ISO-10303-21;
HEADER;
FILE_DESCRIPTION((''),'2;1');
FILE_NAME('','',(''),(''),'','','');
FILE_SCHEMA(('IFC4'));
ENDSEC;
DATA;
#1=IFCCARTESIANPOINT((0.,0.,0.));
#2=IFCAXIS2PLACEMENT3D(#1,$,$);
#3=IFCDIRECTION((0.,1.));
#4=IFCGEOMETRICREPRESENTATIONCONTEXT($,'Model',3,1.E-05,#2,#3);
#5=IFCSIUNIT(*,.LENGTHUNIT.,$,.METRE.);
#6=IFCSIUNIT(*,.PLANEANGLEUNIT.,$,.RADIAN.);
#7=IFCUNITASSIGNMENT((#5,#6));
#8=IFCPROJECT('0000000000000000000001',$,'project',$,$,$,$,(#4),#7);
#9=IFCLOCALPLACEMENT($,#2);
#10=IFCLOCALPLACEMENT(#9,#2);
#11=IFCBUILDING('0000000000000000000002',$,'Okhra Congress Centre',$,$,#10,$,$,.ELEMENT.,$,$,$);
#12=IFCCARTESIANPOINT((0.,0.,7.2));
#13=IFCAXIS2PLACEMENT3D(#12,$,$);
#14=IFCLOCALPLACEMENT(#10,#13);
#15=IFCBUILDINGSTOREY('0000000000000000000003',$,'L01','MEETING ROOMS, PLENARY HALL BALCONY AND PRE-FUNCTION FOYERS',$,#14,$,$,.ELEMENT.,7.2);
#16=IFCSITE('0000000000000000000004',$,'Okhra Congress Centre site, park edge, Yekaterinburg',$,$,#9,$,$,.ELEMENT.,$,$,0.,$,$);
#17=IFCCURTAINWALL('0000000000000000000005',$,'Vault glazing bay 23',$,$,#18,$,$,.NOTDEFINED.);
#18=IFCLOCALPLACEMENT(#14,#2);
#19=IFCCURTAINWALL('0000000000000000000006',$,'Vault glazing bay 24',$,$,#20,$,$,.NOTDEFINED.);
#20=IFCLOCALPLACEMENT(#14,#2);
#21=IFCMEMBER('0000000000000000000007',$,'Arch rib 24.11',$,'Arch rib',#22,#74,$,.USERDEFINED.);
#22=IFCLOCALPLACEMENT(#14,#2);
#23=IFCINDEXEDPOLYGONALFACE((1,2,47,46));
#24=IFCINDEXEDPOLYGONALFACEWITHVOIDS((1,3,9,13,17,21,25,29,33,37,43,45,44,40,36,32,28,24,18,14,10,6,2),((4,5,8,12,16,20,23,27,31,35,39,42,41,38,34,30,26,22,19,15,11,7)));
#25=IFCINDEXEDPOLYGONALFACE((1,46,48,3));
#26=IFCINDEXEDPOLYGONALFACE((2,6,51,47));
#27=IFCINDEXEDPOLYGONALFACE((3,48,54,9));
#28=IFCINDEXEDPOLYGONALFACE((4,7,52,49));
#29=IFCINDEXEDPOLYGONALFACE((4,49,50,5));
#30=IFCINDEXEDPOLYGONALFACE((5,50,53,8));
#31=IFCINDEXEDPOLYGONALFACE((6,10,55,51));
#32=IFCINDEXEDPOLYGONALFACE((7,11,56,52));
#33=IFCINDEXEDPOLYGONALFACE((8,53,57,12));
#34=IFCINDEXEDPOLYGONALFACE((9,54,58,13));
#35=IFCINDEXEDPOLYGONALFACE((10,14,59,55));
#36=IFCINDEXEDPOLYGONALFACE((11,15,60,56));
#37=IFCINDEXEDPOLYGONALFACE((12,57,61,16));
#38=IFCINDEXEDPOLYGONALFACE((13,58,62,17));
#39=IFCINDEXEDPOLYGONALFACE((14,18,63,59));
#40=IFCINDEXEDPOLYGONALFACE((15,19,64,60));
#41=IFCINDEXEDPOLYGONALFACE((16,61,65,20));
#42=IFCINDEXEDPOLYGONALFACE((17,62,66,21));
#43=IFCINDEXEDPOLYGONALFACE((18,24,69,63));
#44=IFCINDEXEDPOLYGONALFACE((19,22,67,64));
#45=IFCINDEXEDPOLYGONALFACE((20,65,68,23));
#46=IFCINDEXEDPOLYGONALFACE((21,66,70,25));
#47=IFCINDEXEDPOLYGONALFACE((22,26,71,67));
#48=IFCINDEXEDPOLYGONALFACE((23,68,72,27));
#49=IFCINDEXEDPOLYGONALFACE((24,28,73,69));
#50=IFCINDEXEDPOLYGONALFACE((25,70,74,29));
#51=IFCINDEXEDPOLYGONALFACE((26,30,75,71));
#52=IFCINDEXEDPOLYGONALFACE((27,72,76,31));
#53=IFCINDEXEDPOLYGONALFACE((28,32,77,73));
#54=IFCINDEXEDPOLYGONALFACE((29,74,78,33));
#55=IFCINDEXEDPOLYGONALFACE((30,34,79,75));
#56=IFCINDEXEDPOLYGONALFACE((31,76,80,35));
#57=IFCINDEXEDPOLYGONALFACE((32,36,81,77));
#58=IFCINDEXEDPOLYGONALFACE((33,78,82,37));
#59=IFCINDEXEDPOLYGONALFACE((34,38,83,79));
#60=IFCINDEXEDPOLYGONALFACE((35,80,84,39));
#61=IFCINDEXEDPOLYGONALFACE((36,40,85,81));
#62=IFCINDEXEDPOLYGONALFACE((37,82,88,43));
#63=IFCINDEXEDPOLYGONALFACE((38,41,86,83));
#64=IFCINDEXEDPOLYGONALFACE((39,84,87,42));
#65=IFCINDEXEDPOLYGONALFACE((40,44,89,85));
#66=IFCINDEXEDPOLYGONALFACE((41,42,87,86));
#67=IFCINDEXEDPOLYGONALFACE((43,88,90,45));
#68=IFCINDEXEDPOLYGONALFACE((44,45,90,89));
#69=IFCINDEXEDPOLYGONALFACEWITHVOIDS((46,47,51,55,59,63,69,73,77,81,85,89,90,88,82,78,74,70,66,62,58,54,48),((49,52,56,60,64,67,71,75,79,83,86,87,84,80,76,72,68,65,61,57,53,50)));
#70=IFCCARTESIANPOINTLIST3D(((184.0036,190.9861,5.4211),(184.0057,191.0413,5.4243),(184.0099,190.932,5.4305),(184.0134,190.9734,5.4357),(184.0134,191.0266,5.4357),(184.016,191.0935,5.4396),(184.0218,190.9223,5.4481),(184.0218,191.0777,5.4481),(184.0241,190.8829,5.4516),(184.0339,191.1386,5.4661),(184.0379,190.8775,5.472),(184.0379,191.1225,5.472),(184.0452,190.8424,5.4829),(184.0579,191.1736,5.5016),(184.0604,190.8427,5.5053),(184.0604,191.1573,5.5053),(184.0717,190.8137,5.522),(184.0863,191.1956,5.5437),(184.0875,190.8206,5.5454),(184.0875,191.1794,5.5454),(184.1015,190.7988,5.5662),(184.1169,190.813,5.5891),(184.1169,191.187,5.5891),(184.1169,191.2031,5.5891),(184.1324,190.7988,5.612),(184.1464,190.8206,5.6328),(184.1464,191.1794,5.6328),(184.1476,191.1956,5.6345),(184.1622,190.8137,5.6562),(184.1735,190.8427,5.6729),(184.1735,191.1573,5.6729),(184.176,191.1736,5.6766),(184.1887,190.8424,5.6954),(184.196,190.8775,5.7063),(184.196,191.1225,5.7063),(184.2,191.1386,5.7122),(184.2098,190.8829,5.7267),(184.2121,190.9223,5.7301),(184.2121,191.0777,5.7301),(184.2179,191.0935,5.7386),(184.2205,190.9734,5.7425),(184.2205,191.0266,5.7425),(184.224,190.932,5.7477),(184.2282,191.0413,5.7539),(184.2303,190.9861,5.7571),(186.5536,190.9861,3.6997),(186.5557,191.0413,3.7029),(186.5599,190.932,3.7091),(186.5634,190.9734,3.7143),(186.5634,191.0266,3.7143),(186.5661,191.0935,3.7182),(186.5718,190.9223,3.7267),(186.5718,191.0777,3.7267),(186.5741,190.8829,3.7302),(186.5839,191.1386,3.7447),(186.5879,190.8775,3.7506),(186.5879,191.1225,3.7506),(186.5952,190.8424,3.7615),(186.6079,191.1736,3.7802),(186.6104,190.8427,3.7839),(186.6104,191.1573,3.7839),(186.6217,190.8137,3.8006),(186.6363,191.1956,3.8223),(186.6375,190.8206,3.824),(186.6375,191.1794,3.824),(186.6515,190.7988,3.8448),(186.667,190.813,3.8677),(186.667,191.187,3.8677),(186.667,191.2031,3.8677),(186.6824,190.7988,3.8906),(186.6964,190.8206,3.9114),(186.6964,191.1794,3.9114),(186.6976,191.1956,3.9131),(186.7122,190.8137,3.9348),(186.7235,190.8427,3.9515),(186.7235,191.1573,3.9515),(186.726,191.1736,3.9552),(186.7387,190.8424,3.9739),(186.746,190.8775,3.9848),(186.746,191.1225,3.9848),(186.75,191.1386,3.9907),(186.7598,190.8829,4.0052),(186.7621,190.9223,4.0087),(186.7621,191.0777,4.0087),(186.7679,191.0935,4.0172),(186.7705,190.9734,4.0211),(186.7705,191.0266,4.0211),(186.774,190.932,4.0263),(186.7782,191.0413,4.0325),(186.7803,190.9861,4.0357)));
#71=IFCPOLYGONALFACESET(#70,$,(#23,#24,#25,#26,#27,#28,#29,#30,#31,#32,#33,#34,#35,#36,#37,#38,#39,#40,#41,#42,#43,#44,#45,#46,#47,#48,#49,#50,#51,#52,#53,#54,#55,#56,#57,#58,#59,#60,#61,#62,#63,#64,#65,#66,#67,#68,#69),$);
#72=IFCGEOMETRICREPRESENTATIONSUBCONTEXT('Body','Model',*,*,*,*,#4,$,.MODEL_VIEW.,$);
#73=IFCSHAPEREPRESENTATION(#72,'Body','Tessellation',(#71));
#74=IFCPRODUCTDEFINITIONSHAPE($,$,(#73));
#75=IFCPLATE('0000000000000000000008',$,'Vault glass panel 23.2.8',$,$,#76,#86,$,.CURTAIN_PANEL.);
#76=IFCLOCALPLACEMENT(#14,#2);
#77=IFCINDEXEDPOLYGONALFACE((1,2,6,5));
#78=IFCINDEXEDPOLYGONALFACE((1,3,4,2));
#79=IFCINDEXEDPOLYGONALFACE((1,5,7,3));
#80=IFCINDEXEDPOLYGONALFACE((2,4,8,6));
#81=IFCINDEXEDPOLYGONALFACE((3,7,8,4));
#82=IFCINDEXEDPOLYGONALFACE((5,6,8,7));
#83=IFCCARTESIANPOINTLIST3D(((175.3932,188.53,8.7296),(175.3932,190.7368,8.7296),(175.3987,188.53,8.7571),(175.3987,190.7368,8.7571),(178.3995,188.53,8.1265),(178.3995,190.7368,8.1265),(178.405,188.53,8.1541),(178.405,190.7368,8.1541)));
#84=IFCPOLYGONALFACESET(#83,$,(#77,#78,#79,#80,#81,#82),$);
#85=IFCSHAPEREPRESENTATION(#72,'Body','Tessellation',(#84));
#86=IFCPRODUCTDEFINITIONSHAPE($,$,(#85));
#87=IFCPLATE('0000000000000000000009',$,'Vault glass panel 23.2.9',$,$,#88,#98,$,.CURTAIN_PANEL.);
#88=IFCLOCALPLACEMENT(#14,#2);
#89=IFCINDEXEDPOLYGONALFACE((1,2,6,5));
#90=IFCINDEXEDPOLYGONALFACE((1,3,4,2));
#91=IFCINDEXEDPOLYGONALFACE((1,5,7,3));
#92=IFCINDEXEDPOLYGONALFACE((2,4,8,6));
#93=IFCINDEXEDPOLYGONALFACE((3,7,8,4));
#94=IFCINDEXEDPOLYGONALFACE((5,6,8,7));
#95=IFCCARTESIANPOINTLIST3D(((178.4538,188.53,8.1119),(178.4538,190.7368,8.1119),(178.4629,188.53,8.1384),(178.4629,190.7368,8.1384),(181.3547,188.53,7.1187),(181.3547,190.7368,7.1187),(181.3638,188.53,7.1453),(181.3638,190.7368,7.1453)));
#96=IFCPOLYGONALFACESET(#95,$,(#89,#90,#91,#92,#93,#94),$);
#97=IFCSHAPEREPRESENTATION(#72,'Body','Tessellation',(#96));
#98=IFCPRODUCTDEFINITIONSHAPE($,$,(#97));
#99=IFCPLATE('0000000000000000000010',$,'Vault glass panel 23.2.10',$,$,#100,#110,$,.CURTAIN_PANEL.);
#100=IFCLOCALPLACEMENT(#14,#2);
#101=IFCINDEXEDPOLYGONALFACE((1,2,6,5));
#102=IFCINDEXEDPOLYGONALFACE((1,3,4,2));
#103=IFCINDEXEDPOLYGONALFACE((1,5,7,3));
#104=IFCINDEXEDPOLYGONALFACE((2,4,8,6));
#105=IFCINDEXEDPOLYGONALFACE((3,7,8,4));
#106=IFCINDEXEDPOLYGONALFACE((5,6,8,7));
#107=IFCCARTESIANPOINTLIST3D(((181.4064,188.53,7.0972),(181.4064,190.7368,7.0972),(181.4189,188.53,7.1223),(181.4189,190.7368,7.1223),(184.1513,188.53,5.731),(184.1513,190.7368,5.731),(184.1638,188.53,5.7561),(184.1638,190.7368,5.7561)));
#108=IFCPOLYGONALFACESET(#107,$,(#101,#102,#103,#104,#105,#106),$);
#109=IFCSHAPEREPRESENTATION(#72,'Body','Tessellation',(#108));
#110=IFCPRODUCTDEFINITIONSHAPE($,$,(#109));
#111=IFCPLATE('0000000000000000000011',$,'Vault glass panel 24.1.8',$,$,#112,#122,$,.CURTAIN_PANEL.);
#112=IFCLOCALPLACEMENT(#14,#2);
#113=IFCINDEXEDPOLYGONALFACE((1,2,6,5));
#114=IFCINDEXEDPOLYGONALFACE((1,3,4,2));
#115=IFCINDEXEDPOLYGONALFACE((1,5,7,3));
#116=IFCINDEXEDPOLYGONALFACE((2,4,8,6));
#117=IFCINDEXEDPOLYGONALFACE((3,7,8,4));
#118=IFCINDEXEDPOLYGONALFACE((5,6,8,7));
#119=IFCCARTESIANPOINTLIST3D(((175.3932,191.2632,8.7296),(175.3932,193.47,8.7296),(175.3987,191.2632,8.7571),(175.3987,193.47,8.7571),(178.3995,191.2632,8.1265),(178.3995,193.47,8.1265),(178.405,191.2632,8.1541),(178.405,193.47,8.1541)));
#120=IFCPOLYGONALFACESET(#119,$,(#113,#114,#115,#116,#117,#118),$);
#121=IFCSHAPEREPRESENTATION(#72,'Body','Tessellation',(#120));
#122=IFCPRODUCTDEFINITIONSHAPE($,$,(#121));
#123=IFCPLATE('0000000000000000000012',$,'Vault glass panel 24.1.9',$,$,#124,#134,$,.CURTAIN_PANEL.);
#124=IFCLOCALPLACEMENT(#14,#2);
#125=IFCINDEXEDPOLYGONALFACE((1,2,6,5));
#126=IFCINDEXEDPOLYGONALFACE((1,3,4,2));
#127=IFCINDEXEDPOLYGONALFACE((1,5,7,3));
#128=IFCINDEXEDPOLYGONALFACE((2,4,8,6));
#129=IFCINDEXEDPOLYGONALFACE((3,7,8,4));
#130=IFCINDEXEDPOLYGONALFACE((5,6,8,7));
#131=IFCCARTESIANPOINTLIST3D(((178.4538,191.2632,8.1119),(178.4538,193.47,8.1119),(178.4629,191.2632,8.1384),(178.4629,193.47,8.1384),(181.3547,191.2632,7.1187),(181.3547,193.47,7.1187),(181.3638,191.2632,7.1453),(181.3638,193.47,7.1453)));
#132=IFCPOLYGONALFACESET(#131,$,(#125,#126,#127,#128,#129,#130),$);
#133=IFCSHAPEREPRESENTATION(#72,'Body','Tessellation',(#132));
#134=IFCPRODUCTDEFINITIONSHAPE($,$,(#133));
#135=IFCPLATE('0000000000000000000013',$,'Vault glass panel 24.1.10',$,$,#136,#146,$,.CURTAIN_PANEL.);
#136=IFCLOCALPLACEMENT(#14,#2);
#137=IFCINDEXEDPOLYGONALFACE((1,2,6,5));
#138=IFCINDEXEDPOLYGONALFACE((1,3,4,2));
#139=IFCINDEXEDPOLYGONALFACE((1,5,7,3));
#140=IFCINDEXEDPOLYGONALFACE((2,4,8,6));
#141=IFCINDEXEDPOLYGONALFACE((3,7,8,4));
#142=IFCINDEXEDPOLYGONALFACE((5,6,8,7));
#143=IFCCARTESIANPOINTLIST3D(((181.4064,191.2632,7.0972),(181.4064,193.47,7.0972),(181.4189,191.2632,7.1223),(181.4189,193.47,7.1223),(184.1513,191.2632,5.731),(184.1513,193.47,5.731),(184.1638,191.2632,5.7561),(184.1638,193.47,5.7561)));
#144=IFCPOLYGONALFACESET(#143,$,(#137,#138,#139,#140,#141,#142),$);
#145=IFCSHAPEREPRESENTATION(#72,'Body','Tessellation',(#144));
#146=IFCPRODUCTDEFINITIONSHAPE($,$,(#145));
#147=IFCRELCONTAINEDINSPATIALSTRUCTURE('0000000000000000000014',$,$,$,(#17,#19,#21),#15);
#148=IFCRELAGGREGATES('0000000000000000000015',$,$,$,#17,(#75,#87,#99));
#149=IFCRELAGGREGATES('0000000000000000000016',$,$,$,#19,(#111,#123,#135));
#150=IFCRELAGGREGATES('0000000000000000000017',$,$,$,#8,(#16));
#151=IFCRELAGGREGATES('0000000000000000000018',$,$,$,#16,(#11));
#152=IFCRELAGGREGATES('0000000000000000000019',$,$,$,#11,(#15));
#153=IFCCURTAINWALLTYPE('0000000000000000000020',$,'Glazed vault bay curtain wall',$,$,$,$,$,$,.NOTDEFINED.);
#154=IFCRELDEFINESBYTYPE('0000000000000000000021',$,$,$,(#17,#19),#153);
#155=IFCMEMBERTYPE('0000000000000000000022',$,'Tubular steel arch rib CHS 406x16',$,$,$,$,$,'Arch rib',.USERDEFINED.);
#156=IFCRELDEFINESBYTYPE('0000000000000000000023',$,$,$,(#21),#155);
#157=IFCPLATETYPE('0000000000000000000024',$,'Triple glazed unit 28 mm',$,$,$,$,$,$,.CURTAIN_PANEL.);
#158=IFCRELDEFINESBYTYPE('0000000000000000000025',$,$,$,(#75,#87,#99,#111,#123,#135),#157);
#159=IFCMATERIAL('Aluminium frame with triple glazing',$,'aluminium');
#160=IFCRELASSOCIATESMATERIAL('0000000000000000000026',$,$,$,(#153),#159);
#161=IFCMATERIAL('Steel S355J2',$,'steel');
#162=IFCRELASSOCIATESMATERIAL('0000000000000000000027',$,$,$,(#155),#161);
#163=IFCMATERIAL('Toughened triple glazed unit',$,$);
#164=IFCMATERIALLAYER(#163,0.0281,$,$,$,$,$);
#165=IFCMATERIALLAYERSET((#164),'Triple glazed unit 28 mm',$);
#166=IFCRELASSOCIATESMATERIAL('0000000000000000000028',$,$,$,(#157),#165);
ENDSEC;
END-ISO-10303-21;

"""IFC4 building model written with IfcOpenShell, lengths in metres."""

from ifc_helpers import new_model, si_unit, direction, frame, origin, origin_2d, place, context, subcontext, project, spatial, polyline, hollow_circle, outline, extrude, material, layer, layer_set, material_profile, profile_set, type_object, element, aggregate, save


model = new_model("IFC4")

# Units and contexts
model_context = context("Model", 3, precision=1e-05, world=origin(), true_north=direction((0.0, 1.0)))
body_context = subcontext(model_context, "Body", "Model", "MODEL_VIEW")
ifc_project = project(units=[si_unit("LENGTHUNIT", "METRE"), si_unit("PLANEANGLEUNIT", "RADIAN")], contexts=[model_context])

# Site, building, storey
site_placement = place(None, origin())
site = spatial("IfcSite", under=ifc_project, at=site_placement, Name="Okhra Congress Centre site, park edge, Yekaterinburg", CompositionType="ELEMENT", RefElevation=0.0)
building_placement = place(site_placement, origin())
building = spatial("IfcBuilding", under=site, at=building_placement, Name="Okhra Congress Centre", CompositionType="ELEMENT")
storey_placement = place(building_placement, frame((0.0, 0.0, 7.2)))
storey = spatial("IfcBuildingStorey", under=building, at=storey_placement, Name="L01", Description="MEETING ROOMS, PLENARY HALL BALCONY AND PRE-FUNCTION FOYERS", CompositionType="ELEMENT", Elevation=7.2)

# Curtain walls
ifc_material_1 = material(Name="Aluminium frame with triple glazing", Category="aluminium")
curtain_wall_type = type_object("IfcCurtainWallType", Name="Glazed vault bay curtain wall", PredefinedType="NOTDEFINED", material=ifc_material_1)
curtain_wall_1_placement = place(storey_placement, origin())
curtain_wall_1 = element("IfcCurtainWall", 1, at=curtain_wall_1_placement, inside=storey, type_object=curtain_wall_type, Name="Vault glazing bay 23", PredefinedType="NOTDEFINED")
curtain_wall_2_placement = place(storey_placement, origin())
curtain_wall_2 = element("IfcCurtainWall", 2, at=curtain_wall_2_placement, inside=storey, type_object=curtain_wall_type, Name="Vault glazing bay 24", PredefinedType="NOTDEFINED")

# Member
ifc_material_2 = material(Name="Steel S355J2", Category="steel")
ifc_material_profile_1 = material_profile(ifc_material_2, hollow_circle(Radius=0.2031, WallThickness=0.0161, at=origin_2d()), Name="CHS 406.4x16")
ifc_profile_set_1 = profile_set([ifc_material_profile_1], Name="Steel S355J2")
member_type_1 = type_object("IfcMemberType", Name="Tubular steel arch rib CHS 406x16", ElementType="Arch rib", PredefinedType="USERDEFINED", material=ifc_profile_set_1)
member_1_placement = place(storey_placement, frame((184.1169, 191.0, 5.5891), z_axis=(0.828826, 0.0, -0.559507), x_axis=(0.0, 1.0, 0.0)))
element("IfcMember", 3, at=member_1_placement, inside=storey, type_object=member_type_1, Name="Arch rib 24.11", ObjectType="Arch rib", PredefinedType="USERDEFINED", context=body_context, shape_type="SweptSolid", body=[
    extrude(hollow_circle(Radius=0.2031, WallThickness=0.0161, at=origin_2d()), origin(), (0.0, 0.0, 1.0), 3.0767),
])

# Plates
ifc_material_3 = material(Name="Toughened triple glazed unit")
ifc_layer = layer(ifc_material_3, 0.0281)
ifc_layer_set = layer_set([ifc_layer], Name="Triple glazed unit 28 mm")
plate_type = type_object("IfcPlateType", Name="Triple glazed unit 28 mm", PredefinedType="CURTAIN_PANEL", material=ifc_layer_set)
plate_1_placement = place(storey_placement, frame((175.3987, 188.53, 8.7571), z_axis=(0.196667, 0.0, 0.98047), x_axis=(0.98047, 0.0, -0.196667)))
plate_1 = element("IfcPlate", 4, at=plate_1_placement, type_object=plate_type, Name="Vault glass panel 23.2.8", PredefinedType="CURTAIN_PANEL", context=body_context, shape_type="SweptSolid", body=[
    extrude(outline(polyline([(0.0, 0.0), (3.0662, 0.0), (3.0662, 2.2068), (0.0, 2.2068), (0.0, 0.0)])), origin(), (0.0, 0.0, -1.0), 0.0281),
])
plate_2_placement = place(storey_placement, frame((178.4629, 188.53, 8.1384), z_axis=(0.323909, 0.0, 0.946088), x_axis=(0.946088, 0.0, -0.323909)))
plate_2 = element("IfcPlate", 5, at=plate_2_placement, type_object=plate_type, Name="Vault glass panel 23.2.9", PredefinedType="CURTAIN_PANEL", context=body_context, shape_type="SweptSolid", body=[
    extrude(outline(polyline([(0.0, 0.0), (3.0662, 0.0), (3.0662, 2.2068), (0.0, 2.2068), (0.0, 0.0)])), origin(), (0.0, 0.0, -1.0), 0.0281),
])
plate_3_placement = place(storey_placement, frame((181.4189, 188.53, 7.1223), z_axis=(0.445588, 0.0, 0.895238), x_axis=(0.895238, 0.0, -0.445588)))
plate_3 = element("IfcPlate", 6, at=plate_3_placement, type_object=plate_type, Name="Vault glass panel 23.2.10", PredefinedType="CURTAIN_PANEL", context=body_context, shape_type="SweptSolid", body=[
    extrude(outline(polyline([(0.0, 0.0), (3.0661, 0.0), (3.0661, 2.2068), (0.0, 2.2068), (0.0, 0.0)])), origin(), (0.0, 0.0, -1.0), 0.0281),
])
aggregate(curtain_wall_1, [plate_1, plate_2, plate_3])
plate_4_placement = place(storey_placement, frame((175.3987, 191.2632, 8.7571), z_axis=(0.196667, 0.0, 0.98047), x_axis=(0.98047, 0.0, -0.196667)))
plate_4 = element("IfcPlate", 7, at=plate_4_placement, type_object=plate_type, Name="Vault glass panel 24.1.8", PredefinedType="CURTAIN_PANEL", context=body_context, shape_type="SweptSolid", body=[
    extrude(outline(polyline([(0.0, 0.0), (3.0662, 0.0), (3.0662, 2.2068), (0.0, 2.2068), (0.0, 0.0)])), origin(), (0.0, 0.0, -1.0), 0.0281),
])
plate_5_placement = place(storey_placement, frame((178.4629, 191.2632, 8.1384), z_axis=(0.323909, 0.0, 0.946088), x_axis=(0.946088, 0.0, -0.323909)))
plate_5 = element("IfcPlate", 8, at=plate_5_placement, type_object=plate_type, Name="Vault glass panel 24.1.9", PredefinedType="CURTAIN_PANEL", context=body_context, shape_type="SweptSolid", body=[
    extrude(outline(polyline([(0.0, 0.0), (3.0662, 0.0), (3.0662, 2.2068), (0.0, 2.2068), (0.0, 0.0)])), origin(), (0.0, 0.0, -1.0), 0.0281),
])
plate_6_placement = place(storey_placement, frame((181.4189, 191.2632, 7.1223), z_axis=(0.445588, 0.0, 0.895238), x_axis=(0.895238, 0.0, -0.445588)))
plate_6 = element("IfcPlate", 9, at=plate_6_placement, type_object=plate_type, Name="Vault glass panel 24.1.10", PredefinedType="CURTAIN_PANEL", context=body_context, shape_type="SweptSolid", body=[
    extrude(outline(polyline([(0.0, 0.0), (3.0661, 0.0), (3.0661, 2.2068), (0.0, 2.2068), (0.0, 0.0)])), origin(), (0.0, 0.0, -1.0), 0.0281),
])
aggregate(curtain_wall_2, [plate_4, plate_5, plate_6])

save(model, "model.ifc")
